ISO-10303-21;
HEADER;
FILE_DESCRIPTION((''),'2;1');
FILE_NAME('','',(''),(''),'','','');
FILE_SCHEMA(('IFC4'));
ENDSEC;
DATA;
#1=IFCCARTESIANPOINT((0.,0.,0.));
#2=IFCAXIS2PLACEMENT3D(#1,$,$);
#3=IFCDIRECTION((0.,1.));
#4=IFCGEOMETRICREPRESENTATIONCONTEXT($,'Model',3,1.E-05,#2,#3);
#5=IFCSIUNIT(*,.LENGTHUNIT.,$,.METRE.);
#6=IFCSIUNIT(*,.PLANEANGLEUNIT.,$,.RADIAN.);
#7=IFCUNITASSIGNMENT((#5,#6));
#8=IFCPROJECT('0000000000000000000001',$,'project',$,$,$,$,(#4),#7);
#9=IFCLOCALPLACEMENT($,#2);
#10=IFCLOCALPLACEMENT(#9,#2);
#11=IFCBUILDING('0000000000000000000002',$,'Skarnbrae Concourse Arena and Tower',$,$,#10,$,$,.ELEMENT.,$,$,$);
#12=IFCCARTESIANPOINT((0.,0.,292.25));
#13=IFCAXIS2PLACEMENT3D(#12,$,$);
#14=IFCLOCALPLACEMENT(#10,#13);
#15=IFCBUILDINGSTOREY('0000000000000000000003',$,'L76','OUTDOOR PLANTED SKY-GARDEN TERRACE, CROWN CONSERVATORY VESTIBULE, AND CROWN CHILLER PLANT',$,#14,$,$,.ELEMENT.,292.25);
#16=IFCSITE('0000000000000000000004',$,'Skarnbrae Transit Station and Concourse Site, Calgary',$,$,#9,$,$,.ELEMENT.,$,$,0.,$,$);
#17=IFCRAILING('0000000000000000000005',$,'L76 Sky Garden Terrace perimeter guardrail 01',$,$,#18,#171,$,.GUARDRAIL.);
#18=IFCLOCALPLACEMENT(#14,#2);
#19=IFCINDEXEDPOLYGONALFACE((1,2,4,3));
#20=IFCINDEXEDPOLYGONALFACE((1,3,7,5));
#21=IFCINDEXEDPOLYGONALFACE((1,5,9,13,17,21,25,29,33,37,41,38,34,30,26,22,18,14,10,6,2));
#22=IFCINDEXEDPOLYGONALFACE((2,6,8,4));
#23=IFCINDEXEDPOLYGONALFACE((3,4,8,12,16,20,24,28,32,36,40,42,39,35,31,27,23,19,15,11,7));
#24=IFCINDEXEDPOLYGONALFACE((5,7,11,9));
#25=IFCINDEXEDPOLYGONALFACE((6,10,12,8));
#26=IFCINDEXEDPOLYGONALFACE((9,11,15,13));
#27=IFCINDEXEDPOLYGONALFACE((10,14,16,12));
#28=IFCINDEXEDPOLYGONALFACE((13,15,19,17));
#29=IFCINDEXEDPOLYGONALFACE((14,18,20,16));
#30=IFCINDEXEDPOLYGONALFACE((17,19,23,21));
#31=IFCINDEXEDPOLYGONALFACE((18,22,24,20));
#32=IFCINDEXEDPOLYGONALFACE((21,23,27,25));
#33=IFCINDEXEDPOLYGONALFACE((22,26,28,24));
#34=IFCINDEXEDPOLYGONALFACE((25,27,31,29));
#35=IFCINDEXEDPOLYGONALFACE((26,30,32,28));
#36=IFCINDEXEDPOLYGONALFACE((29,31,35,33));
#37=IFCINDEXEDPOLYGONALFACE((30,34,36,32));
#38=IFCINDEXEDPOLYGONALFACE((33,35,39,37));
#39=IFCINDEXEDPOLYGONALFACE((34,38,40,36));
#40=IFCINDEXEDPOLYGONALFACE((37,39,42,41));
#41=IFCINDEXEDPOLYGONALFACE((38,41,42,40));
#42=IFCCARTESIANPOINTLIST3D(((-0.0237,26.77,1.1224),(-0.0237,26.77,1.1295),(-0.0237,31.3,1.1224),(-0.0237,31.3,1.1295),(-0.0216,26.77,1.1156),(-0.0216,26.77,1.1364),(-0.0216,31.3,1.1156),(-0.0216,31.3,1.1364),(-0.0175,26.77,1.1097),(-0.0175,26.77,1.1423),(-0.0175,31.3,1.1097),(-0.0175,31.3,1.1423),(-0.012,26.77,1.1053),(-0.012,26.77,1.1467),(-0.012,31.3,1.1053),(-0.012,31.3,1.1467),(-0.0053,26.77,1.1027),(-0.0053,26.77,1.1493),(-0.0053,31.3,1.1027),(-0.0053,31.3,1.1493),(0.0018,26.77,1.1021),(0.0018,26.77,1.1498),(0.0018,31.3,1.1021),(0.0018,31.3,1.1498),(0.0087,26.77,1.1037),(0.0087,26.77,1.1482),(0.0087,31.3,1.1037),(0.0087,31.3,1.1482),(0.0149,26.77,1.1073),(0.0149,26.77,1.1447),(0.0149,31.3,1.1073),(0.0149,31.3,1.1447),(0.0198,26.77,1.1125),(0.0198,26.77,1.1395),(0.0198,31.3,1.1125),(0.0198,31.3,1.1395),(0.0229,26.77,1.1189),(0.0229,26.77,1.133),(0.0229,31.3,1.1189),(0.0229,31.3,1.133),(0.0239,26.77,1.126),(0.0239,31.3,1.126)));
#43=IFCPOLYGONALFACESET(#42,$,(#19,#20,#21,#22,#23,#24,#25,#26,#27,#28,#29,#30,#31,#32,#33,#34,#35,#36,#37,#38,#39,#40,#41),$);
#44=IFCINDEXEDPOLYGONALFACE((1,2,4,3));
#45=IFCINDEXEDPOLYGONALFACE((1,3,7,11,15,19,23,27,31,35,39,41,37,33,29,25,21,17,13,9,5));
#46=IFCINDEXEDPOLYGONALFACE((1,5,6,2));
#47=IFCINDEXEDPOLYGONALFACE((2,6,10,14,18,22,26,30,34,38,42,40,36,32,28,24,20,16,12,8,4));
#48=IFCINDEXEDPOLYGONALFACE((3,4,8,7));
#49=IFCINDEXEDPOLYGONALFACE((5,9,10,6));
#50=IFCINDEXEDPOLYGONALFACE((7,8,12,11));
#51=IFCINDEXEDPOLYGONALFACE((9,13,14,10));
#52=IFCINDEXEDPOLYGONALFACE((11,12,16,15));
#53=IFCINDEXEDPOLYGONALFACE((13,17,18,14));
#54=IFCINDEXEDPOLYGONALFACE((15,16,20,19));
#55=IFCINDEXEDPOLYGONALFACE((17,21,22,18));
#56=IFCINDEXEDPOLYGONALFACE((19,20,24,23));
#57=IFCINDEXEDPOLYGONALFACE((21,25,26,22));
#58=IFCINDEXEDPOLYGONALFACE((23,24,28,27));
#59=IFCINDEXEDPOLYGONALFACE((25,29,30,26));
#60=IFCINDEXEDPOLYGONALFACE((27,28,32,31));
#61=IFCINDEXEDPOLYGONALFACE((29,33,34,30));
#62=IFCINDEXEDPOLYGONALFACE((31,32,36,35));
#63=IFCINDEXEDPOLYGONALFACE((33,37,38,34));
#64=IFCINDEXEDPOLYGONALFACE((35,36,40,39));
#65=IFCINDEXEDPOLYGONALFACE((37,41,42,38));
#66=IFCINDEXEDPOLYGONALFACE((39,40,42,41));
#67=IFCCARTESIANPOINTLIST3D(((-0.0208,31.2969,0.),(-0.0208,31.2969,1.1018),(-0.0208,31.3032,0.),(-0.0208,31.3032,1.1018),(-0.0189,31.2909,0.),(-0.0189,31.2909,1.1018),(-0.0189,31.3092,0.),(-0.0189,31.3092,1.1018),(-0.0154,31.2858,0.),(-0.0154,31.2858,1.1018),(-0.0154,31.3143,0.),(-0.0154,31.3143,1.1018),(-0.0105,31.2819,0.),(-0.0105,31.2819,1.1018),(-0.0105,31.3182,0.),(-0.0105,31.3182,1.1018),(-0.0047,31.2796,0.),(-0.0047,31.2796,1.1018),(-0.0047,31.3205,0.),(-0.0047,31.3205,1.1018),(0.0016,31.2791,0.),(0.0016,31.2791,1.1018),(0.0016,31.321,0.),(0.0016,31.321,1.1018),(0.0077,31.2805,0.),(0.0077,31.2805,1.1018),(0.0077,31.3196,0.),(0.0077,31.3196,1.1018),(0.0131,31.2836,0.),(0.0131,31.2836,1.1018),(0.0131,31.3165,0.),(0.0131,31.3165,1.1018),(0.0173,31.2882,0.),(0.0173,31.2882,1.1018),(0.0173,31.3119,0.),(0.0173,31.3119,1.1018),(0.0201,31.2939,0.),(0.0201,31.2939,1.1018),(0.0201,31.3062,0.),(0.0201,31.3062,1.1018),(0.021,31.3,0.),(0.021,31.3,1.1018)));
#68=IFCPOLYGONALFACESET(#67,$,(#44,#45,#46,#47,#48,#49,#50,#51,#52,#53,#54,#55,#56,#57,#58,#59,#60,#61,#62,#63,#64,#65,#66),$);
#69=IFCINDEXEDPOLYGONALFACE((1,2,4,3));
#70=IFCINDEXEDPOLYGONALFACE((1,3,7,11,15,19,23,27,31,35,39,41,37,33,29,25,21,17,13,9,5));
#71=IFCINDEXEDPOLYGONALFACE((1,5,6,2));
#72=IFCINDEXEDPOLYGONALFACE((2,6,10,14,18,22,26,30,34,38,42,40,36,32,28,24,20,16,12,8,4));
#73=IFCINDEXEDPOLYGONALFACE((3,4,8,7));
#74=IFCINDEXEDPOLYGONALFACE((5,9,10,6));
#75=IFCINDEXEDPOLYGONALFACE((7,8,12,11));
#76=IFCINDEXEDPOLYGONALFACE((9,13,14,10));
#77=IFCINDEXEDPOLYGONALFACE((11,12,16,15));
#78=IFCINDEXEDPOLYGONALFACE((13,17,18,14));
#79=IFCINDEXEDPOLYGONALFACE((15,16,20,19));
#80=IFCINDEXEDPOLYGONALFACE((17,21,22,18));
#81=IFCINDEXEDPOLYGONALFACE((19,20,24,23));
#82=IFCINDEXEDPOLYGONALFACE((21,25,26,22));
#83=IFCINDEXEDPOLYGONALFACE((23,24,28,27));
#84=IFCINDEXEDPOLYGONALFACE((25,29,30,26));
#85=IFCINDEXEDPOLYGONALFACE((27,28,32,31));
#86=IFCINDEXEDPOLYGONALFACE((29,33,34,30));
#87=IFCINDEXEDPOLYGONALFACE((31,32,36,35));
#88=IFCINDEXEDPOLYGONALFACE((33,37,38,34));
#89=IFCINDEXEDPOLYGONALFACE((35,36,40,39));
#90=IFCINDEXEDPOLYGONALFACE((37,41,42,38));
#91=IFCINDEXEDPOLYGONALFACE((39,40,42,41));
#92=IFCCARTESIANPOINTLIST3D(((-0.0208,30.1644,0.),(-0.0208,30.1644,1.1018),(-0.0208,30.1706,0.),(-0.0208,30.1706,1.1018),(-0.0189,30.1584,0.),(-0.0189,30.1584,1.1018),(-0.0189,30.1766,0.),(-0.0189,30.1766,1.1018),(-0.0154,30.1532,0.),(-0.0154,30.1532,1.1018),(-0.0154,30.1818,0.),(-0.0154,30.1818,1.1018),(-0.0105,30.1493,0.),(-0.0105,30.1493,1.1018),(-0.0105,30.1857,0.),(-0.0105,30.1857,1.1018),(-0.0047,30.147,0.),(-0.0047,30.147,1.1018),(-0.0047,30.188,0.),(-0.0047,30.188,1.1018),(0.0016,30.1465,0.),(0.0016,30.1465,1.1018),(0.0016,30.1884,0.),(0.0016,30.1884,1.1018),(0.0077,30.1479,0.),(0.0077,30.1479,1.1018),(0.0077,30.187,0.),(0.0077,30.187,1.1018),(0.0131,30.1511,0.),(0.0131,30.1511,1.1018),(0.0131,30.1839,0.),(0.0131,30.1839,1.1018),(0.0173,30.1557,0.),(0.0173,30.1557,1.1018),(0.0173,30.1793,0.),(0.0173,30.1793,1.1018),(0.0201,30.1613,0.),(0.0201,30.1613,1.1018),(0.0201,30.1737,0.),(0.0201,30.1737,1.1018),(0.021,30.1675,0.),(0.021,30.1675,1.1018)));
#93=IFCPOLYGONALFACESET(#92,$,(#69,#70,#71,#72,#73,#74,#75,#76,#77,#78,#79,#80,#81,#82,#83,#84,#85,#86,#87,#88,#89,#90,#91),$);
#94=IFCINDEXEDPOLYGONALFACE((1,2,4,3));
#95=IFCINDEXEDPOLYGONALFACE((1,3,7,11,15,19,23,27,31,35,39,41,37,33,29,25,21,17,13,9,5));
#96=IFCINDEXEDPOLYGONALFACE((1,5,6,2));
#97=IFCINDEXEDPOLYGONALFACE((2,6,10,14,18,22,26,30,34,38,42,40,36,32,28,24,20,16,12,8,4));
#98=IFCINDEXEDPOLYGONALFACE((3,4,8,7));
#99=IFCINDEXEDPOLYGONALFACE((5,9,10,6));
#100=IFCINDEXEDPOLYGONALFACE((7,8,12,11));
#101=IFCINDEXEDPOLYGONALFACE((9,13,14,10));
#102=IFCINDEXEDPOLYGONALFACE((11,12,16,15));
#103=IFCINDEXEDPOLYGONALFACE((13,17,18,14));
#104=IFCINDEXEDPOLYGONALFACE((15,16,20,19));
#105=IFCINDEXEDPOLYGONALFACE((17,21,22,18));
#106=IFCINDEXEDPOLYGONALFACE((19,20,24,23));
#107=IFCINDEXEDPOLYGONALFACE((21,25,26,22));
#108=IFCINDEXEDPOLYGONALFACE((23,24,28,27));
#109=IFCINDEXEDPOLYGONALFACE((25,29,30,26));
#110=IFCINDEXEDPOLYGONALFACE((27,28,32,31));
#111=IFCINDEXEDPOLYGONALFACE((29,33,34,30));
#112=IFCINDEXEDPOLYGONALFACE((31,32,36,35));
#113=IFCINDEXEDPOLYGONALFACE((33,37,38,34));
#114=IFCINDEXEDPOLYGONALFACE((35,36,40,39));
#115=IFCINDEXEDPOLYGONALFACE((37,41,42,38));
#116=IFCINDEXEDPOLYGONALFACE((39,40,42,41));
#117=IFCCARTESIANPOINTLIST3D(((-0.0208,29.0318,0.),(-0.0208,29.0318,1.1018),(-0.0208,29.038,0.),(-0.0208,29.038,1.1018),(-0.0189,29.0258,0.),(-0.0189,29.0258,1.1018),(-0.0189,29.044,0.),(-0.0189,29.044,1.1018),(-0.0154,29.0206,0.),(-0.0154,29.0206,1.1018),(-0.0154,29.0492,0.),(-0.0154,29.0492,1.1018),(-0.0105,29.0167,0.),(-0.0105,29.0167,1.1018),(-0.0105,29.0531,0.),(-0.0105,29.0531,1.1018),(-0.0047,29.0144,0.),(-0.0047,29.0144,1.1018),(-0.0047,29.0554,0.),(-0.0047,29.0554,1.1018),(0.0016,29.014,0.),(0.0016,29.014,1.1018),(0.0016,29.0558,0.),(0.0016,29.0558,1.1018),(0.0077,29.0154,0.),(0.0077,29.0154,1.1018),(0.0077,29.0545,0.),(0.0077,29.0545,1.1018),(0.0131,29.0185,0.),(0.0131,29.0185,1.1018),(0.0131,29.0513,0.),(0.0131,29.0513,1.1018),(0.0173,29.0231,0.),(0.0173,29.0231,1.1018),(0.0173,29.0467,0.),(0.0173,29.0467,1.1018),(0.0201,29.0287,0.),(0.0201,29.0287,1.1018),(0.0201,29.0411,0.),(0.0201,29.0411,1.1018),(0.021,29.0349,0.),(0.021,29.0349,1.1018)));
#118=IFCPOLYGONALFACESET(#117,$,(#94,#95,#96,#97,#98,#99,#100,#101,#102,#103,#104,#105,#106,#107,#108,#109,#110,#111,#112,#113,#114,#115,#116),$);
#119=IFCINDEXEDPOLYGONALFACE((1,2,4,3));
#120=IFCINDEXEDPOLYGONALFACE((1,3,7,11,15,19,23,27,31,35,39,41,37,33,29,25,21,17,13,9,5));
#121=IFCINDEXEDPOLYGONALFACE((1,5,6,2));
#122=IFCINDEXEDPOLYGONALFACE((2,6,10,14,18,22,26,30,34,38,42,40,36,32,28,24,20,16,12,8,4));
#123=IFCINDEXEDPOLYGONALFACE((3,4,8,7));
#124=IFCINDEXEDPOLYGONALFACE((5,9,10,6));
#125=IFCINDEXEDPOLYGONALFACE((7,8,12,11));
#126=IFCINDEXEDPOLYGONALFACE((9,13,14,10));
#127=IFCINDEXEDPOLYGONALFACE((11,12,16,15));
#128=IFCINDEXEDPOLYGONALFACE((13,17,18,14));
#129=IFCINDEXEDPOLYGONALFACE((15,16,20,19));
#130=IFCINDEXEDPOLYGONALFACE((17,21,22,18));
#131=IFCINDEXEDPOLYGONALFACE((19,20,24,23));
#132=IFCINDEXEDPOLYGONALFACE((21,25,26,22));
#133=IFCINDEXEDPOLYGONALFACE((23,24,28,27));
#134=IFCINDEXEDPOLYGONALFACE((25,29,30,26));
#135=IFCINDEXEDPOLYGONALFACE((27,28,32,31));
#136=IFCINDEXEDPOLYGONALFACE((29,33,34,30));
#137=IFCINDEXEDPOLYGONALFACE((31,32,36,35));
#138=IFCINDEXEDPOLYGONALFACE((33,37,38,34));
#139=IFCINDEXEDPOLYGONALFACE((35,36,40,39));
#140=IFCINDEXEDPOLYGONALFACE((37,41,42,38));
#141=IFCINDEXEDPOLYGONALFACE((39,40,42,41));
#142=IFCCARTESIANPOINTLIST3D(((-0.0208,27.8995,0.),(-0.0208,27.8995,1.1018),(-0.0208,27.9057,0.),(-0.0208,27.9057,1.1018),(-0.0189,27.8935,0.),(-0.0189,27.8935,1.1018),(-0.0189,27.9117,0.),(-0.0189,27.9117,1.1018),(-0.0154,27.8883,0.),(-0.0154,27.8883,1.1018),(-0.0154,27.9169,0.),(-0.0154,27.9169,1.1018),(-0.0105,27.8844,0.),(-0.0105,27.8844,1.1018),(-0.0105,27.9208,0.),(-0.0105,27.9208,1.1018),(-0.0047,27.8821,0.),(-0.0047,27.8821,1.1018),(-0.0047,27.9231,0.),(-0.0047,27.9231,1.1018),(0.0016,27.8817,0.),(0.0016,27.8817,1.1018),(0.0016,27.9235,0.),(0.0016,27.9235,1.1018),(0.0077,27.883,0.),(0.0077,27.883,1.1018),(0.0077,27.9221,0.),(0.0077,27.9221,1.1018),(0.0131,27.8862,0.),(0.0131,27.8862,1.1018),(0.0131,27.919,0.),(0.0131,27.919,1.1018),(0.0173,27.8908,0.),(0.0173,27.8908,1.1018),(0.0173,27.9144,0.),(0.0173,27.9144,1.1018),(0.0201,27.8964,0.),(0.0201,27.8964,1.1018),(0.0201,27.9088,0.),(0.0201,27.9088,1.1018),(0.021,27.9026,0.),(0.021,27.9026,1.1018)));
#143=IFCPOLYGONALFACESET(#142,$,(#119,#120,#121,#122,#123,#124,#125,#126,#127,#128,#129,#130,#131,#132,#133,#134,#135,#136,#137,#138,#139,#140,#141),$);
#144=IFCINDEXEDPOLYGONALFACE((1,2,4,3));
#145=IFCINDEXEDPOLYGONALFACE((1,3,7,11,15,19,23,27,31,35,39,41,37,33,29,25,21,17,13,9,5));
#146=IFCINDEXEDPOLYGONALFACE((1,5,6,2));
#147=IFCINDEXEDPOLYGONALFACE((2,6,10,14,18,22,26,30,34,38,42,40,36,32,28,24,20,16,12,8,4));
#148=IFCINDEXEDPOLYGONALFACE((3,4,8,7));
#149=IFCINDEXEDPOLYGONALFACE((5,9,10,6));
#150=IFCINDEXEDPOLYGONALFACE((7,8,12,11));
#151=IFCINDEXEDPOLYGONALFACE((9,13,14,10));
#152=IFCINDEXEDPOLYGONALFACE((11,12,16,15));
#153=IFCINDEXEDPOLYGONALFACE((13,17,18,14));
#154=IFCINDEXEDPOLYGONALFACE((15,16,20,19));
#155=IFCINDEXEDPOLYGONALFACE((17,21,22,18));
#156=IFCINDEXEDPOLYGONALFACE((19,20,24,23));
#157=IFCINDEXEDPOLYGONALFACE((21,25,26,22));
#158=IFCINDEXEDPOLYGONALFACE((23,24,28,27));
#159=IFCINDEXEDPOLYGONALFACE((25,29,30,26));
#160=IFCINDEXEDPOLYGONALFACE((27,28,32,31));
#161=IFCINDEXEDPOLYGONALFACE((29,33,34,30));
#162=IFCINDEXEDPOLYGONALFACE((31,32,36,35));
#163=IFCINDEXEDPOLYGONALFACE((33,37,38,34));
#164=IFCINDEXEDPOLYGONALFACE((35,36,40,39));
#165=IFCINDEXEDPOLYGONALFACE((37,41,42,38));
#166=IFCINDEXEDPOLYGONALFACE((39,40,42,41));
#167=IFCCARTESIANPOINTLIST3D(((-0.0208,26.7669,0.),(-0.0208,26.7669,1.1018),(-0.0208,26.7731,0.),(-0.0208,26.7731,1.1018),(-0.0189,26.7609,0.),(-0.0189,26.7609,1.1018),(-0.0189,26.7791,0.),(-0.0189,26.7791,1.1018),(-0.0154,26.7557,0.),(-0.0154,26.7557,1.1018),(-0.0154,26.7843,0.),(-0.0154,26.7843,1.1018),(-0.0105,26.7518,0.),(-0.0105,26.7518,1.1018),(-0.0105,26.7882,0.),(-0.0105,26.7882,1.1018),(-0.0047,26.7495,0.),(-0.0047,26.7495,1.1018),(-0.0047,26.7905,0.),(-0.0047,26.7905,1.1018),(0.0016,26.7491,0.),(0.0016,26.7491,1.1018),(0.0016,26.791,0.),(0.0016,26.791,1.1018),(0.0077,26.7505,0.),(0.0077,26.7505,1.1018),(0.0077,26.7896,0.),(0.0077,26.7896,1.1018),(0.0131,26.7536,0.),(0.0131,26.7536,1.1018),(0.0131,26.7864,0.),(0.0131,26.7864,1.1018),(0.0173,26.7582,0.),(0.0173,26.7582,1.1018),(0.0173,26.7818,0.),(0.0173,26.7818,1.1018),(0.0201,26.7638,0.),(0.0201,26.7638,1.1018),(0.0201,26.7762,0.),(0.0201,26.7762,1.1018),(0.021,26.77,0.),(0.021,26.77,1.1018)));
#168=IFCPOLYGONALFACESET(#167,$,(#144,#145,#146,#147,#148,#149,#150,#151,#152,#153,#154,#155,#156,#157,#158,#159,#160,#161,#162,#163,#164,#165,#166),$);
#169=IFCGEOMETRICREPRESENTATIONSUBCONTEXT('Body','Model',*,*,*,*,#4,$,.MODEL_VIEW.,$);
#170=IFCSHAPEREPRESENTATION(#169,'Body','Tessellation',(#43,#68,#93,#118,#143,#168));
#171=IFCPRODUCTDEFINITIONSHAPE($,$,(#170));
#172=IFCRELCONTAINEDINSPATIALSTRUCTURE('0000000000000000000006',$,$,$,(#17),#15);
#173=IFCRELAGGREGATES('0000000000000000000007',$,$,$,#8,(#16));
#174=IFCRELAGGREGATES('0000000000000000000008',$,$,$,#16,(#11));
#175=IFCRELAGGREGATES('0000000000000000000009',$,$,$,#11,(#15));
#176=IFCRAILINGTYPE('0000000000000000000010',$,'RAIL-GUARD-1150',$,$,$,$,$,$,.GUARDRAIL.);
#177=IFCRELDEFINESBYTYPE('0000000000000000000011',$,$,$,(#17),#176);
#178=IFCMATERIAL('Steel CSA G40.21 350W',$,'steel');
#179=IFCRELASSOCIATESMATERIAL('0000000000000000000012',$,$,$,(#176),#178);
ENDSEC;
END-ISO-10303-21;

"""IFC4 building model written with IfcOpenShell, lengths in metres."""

from ifc_helpers import new_model, si_unit, direction, frame, origin, origin_2d, place, context, subcontext, project, spatial, circle, extrude, material, type_object, element, save


model = new_model("IFC4")

# Units and contexts
model_context = context("Model", 3, precision=1e-05, world=origin(), true_north=direction((0.0, 1.0)))
body_context = subcontext(model_context, "Body", "Model", "MODEL_VIEW")
ifc_project = project(units=[si_unit("LENGTHUNIT", "METRE"), si_unit("PLANEANGLEUNIT", "RADIAN")], contexts=[model_context])

# Site, building, storey
site_placement = place(None, origin())
site = spatial("IfcSite", under=ifc_project, at=site_placement, Name="Skarnbrae Transit Station and Concourse Site, Calgary", CompositionType="ELEMENT", RefElevation=0.0)
building_placement = place(site_placement, origin())
building = spatial("IfcBuilding", under=site, at=building_placement, Name="Skarnbrae Concourse Arena and Tower", CompositionType="ELEMENT")
storey_placement = place(building_placement, frame((0.0, 0.0, 292.25)))
storey = spatial("IfcBuildingStorey", under=building, at=storey_placement, Name="L76", Description="OUTDOOR PLANTED SKY-GARDEN TERRACE, CROWN CONSERVATORY VESTIBULE, AND CROWN CHILLER PLANT", CompositionType="ELEMENT", Elevation=292.25)

# Shared definitions
ifc_material_1 = material(Name="Steel CSA G40.21 350W", Category="steel")

# Railing
railing_type = type_object("IfcRailingType", Name="RAIL-GUARD-1150", PredefinedType="GUARDRAIL", material=ifc_material_1)
railing_1_placement = place(storey_placement, frame((0.0, 31.3, 0.0)))
element("IfcRailing", 1, at=railing_1_placement, inside=storey, type_object=railing_type, Name="L76 Sky Garden Terrace perimeter guardrail 01", PredefinedType="GUARDRAIL", context=body_context, shape_type="SweptSolid", body=[
    extrude(circle(Radius=0.0239, at=origin_2d()), frame((0.0, 0.0, 1.126), z_axis=(0.0, -1.0, 0.0), x_axis=(1.0, 0.0, 0.0)), (0.0, 0.0, 1.0), 4.53),
    extrude(circle(Radius=0.021, at=origin_2d()), origin(), (0.0, 0.0, 1.0), 1.1018),
    extrude(circle(Radius=0.021, at=origin_2d()), frame((0.0, -1.1326, 0.0)), (0.0, 0.0, 1.0), 1.1018),
    extrude(circle(Radius=0.021, at=origin_2d()), frame((0.0, -2.2651, 0.0)), (0.0, 0.0, 1.0), 1.1018),
    extrude(circle(Radius=0.021, at=origin_2d()), frame((0.0, -3.3975, 0.0)), (0.0, 0.0, 1.0), 1.1018),
    extrude(circle(Radius=0.021, at=origin_2d()), frame((0.0, -4.53, 0.0)), (0.0, 0.0, 1.0), 1.1018),
])

save(model, "model.ifc")
